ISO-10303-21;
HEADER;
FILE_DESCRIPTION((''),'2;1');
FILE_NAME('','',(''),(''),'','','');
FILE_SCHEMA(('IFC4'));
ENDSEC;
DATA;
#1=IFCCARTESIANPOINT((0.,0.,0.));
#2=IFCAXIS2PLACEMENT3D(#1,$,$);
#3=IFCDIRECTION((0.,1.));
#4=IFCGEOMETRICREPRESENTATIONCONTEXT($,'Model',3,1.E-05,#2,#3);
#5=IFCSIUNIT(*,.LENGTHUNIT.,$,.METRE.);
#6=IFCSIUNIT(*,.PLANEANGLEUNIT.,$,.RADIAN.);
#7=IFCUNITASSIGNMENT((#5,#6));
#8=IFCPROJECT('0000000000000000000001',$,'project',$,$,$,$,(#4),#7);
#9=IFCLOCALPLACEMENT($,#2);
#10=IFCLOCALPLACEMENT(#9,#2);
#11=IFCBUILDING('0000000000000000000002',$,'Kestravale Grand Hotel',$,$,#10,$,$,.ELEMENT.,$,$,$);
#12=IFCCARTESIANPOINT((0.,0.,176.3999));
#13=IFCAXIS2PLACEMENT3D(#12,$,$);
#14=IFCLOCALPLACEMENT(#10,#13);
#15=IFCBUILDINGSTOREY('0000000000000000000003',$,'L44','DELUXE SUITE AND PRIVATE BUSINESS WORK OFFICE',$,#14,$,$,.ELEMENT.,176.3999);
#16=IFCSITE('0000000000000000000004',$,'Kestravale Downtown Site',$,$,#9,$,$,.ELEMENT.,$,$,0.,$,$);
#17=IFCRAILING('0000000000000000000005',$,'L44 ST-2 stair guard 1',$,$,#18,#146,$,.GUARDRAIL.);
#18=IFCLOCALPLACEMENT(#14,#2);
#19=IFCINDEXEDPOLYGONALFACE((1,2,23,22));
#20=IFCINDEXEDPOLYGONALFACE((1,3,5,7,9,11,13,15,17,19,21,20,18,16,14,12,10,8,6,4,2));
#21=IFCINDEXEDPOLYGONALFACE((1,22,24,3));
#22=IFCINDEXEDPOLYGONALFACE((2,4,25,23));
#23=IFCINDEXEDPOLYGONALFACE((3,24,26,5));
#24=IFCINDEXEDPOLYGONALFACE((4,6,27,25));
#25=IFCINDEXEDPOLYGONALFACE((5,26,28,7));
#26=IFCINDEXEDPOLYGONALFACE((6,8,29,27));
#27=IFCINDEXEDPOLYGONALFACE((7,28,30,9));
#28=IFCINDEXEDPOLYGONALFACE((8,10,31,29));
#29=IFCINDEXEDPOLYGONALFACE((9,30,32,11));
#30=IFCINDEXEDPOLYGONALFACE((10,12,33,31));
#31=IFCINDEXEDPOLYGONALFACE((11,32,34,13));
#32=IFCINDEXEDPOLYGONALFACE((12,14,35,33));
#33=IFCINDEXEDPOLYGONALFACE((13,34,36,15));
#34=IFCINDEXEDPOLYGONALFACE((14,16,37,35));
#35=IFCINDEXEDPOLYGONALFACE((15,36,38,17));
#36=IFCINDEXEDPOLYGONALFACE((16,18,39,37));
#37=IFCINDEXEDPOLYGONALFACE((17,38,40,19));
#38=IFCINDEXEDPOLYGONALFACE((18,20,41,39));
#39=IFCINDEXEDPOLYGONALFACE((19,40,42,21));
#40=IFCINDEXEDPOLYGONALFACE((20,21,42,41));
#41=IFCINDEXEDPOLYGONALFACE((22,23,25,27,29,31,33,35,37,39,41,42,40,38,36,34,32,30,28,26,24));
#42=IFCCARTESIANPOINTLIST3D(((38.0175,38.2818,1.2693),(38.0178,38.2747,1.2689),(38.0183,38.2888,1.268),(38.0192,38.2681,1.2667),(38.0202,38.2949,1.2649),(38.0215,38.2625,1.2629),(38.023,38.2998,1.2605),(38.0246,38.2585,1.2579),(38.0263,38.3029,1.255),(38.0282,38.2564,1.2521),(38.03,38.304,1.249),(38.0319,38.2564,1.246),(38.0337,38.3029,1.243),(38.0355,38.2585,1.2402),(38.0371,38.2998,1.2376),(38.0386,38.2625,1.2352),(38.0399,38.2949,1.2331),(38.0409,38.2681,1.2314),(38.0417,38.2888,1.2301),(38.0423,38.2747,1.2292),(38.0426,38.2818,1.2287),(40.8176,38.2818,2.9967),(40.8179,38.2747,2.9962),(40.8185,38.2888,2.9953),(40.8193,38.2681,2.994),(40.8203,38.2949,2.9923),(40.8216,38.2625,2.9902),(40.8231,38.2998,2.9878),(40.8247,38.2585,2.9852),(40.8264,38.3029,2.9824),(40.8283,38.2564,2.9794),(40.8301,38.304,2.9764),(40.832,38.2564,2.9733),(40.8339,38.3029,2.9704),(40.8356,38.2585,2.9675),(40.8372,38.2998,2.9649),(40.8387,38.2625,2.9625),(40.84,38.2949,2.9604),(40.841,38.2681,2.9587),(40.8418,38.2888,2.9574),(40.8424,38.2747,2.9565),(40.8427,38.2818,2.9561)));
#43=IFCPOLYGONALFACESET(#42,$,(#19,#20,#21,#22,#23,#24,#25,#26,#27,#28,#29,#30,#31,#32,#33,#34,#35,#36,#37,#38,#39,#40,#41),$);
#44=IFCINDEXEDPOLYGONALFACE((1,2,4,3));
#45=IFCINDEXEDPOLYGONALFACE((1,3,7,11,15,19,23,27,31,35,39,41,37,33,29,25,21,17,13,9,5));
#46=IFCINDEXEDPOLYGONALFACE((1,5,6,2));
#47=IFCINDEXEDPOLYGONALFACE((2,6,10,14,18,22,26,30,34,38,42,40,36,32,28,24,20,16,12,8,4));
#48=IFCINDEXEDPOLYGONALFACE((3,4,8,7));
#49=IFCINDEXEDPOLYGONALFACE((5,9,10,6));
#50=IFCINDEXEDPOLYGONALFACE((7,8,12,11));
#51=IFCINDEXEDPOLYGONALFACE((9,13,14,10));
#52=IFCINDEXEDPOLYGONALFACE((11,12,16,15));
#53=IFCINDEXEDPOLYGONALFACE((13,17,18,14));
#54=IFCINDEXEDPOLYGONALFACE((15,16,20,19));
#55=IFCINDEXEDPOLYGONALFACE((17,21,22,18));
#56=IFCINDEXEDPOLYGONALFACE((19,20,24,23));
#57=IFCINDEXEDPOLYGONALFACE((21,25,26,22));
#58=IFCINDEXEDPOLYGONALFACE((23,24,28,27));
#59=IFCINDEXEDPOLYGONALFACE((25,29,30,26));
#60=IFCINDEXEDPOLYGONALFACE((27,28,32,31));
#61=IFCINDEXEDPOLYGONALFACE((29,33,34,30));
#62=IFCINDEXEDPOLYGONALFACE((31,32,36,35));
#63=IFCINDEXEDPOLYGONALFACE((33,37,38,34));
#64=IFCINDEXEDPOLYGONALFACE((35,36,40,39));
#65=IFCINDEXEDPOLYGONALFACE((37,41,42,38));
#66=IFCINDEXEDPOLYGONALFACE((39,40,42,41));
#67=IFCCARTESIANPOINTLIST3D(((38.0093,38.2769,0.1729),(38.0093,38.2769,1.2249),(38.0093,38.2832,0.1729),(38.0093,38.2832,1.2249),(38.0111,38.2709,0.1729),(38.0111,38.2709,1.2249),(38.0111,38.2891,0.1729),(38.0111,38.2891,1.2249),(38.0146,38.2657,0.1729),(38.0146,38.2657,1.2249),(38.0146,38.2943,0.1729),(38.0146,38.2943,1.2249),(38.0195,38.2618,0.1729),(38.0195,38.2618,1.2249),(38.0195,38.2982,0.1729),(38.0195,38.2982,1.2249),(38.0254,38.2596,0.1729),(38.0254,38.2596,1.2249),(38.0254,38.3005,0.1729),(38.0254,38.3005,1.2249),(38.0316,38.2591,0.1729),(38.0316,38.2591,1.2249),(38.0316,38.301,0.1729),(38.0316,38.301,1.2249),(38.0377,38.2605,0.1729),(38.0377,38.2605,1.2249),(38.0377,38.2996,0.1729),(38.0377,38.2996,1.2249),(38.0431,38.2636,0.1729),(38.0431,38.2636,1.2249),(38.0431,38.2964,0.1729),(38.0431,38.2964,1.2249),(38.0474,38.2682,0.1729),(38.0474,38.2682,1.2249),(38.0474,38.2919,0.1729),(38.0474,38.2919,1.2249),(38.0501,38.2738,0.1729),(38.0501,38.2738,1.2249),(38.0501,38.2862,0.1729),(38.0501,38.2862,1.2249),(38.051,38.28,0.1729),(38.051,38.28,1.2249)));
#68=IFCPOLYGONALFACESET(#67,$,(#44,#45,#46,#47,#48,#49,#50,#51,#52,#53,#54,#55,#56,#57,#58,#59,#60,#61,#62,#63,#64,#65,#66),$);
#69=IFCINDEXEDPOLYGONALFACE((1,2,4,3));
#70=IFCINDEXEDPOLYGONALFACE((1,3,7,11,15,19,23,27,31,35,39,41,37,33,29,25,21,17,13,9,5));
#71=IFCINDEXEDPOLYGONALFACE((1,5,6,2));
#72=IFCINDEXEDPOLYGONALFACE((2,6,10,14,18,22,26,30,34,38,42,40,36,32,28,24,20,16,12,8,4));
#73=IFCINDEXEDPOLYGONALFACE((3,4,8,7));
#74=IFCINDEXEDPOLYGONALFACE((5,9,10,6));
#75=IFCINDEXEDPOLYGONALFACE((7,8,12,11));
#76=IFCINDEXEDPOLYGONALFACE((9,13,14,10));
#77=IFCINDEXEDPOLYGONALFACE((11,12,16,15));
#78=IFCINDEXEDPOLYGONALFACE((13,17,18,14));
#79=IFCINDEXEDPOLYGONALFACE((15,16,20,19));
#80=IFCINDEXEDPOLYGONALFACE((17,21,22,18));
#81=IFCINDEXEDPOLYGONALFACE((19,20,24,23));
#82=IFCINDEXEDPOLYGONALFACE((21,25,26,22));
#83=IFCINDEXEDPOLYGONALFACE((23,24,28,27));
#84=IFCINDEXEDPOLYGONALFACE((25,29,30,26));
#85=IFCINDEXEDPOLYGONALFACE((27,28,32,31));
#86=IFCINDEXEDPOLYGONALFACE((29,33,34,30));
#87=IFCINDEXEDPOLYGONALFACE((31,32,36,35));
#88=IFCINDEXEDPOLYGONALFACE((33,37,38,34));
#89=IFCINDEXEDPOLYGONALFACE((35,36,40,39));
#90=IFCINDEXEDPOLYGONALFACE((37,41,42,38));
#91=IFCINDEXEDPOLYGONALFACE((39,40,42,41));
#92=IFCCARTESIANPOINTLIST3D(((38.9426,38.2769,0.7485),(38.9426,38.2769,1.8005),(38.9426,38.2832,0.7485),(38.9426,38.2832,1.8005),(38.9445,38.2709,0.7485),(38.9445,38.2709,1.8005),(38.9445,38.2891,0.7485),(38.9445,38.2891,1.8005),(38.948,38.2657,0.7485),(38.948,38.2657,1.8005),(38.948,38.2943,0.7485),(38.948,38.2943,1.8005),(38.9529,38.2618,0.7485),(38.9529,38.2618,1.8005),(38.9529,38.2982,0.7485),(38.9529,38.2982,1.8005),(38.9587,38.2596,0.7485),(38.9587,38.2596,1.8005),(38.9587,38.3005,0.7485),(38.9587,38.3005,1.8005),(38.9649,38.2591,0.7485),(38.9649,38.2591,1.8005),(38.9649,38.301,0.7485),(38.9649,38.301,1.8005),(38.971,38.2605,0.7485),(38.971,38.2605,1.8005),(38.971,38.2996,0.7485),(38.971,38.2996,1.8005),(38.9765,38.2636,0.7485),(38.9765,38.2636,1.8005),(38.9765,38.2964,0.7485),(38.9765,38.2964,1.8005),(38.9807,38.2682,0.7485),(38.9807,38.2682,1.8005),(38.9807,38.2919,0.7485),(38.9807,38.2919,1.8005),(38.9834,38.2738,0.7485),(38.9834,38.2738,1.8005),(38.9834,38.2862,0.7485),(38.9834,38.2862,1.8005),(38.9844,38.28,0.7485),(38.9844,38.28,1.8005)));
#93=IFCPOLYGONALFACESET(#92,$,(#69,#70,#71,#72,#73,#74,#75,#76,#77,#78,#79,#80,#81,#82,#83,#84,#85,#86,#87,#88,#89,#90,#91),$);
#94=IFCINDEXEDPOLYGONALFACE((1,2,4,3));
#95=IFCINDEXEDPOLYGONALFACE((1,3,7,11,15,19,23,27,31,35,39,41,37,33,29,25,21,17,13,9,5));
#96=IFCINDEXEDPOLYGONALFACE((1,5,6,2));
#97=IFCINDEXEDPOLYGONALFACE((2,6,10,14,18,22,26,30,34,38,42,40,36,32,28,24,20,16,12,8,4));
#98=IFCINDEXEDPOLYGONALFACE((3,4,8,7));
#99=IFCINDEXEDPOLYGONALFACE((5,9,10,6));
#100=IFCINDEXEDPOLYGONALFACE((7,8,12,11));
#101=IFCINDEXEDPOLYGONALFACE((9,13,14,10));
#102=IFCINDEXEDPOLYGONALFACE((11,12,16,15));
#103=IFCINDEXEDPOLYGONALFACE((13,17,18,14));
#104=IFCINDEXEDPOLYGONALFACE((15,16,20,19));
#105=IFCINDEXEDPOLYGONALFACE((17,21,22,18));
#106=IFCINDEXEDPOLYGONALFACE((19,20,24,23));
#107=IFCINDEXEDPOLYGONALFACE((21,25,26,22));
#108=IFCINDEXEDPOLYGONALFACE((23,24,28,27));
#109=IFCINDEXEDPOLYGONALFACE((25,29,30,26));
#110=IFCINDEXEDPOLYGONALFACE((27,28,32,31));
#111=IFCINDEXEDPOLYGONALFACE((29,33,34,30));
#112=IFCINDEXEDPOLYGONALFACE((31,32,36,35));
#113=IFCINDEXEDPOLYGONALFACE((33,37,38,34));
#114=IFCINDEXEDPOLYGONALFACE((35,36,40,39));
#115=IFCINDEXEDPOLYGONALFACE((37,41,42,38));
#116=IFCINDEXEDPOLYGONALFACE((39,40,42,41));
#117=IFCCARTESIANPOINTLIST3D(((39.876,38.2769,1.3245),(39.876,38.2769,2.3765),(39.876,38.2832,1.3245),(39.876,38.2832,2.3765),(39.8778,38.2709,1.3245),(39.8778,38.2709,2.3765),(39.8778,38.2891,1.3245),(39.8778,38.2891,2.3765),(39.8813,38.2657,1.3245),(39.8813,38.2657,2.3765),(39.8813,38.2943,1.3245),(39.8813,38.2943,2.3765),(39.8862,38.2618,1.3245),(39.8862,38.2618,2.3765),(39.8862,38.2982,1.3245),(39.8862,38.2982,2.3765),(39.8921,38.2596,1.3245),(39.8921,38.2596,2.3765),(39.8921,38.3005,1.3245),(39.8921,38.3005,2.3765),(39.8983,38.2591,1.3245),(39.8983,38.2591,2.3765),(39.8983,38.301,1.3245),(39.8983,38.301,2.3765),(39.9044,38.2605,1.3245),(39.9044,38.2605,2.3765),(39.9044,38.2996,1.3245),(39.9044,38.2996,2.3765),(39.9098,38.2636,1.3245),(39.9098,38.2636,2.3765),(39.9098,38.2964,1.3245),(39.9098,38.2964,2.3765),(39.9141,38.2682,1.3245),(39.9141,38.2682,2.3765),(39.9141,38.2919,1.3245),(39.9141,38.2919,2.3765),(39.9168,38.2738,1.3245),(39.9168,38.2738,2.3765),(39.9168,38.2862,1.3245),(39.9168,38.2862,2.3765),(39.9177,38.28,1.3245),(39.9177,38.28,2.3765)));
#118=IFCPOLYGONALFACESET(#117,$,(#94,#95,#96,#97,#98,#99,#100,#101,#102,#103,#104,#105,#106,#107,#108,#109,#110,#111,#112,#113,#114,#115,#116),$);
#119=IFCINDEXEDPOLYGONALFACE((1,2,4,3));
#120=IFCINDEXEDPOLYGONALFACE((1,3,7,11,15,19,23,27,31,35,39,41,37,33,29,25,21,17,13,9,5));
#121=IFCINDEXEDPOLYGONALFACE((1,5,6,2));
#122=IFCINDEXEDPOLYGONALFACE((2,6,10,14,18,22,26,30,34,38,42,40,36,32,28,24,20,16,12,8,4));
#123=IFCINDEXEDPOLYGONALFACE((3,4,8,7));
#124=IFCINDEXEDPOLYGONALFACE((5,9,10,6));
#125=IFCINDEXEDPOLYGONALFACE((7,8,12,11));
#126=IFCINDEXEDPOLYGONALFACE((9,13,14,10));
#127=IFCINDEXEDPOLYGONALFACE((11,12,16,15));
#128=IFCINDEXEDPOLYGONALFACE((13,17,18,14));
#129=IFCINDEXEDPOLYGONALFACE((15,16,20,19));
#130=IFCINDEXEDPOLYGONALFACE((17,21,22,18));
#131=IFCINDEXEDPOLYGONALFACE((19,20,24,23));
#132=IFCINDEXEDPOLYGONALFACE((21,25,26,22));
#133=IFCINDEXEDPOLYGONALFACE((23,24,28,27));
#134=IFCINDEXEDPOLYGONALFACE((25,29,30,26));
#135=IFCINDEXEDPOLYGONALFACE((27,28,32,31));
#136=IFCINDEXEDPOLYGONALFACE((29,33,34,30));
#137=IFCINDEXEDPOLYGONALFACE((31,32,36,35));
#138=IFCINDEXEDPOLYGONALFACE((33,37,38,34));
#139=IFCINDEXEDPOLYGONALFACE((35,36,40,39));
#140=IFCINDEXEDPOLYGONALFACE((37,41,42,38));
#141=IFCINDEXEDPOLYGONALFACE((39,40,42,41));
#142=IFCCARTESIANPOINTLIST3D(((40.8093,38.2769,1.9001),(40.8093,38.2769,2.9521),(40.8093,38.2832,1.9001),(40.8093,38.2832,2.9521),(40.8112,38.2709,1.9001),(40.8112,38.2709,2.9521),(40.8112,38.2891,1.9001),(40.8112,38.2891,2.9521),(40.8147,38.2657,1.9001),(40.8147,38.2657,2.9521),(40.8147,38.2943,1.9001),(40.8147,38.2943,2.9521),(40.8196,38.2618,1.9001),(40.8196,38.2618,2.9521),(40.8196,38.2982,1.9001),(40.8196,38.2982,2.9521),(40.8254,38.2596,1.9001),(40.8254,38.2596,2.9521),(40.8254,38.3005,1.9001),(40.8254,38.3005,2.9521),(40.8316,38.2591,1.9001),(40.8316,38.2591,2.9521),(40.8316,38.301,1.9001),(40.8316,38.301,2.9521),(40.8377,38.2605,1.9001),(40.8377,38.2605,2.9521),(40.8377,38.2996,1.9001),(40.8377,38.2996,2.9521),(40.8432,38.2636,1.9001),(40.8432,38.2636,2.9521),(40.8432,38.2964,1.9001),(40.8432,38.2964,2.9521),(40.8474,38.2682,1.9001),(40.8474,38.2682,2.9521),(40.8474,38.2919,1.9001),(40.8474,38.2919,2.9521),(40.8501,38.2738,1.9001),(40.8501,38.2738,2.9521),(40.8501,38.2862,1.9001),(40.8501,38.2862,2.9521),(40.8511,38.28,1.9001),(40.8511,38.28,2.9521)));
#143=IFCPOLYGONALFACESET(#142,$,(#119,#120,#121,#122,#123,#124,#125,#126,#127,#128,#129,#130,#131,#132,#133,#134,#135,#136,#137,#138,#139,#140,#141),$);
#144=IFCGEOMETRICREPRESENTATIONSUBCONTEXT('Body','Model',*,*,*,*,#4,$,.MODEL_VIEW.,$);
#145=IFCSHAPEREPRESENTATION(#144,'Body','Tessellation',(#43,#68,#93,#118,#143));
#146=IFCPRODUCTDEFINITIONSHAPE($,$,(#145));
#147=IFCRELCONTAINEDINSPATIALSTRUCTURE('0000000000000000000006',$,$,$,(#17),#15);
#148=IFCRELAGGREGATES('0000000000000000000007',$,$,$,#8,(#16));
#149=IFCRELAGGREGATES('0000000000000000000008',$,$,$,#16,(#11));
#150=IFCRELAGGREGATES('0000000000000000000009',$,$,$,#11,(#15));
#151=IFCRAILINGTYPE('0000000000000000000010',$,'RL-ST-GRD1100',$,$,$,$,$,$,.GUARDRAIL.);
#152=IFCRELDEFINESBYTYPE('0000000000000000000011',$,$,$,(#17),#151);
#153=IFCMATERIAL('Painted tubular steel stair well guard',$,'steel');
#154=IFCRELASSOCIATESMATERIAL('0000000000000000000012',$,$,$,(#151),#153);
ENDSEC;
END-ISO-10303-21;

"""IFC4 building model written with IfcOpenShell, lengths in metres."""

from ifc_helpers import new_model, si_unit, direction, frame, origin, origin_2d, place, context, subcontext, project, spatial, circle, extrude, material, type_object, element, save


model = new_model("IFC4")

# Units and contexts
model_context = context("Model", 3, precision=1e-05, world=origin(), true_north=direction((0.0, 1.0)))
body_context = subcontext(model_context, "Body", "Model", "MODEL_VIEW")
ifc_project = project(units=[si_unit("LENGTHUNIT", "METRE"), si_unit("PLANEANGLEUNIT", "RADIAN")], contexts=[model_context])

# Site, building, storey
site_placement = place(None, origin())
site = spatial("IfcSite", under=ifc_project, at=site_placement, Name="Kestravale Downtown Site", CompositionType="ELEMENT", RefElevation=0.0)
building_placement = place(site_placement, origin())
building = spatial("IfcBuilding", under=site, at=building_placement, Name="Kestravale Grand Hotel", CompositionType="ELEMENT")
storey_placement = place(building_placement, frame((0.0, 0.0, 176.3999)))
storey = spatial("IfcBuildingStorey", under=building, at=storey_placement, Name="L44", Description="DELUXE SUITE AND PRIVATE BUSINESS WORK OFFICE", CompositionType="ELEMENT", Elevation=176.3999)

# Railing
ifc_material_1 = material(Name="Painted tubular steel stair well guard", Category="steel")
railing_type_1 = type_object("IfcRailingType", Name="RL-ST-GRD1100", PredefinedType="GUARDRAIL", material=ifc_material_1)
railing_1_placement = place(storey_placement, frame((38.03, 38.28, 0.1729)))
element("IfcRailing", 1, at=railing_1_placement, inside=storey, type_object=railing_type_1, Name="L44 ST-2 stair guard 1", PredefinedType="GUARDRAIL", context=body_context, shape_type="SweptSolid", body=[
    extrude(circle(Radius=0.0239, at=origin_2d()), frame((0.0, 0.0, 1.0762), z_axis=(0.85109, 0.0, 0.52502), x_axis=(0.0, 1.0, 0.0)), (0.0, 0.0, 1.0), 3.29),
    extrude(circle(Radius=0.021, at=origin_2d()), origin(), (0.0, 0.0, 1.0), 1.052),
    extrude(circle(Radius=0.021, at=origin_2d()), frame((0.9333, 0.0, 0.5757)), (0.0, 0.0, 1.0), 1.052),
    extrude(circle(Radius=0.021, at=origin_2d()), frame((1.8667, 0.0, 1.1516)), (0.0, 0.0, 1.0), 1.052),
    extrude(circle(Radius=0.021, at=origin_2d()), frame((2.8, 0.0, 1.7273)), (0.0, 0.0, 1.0), 1.052),
])

save(model, "model.ifc")
